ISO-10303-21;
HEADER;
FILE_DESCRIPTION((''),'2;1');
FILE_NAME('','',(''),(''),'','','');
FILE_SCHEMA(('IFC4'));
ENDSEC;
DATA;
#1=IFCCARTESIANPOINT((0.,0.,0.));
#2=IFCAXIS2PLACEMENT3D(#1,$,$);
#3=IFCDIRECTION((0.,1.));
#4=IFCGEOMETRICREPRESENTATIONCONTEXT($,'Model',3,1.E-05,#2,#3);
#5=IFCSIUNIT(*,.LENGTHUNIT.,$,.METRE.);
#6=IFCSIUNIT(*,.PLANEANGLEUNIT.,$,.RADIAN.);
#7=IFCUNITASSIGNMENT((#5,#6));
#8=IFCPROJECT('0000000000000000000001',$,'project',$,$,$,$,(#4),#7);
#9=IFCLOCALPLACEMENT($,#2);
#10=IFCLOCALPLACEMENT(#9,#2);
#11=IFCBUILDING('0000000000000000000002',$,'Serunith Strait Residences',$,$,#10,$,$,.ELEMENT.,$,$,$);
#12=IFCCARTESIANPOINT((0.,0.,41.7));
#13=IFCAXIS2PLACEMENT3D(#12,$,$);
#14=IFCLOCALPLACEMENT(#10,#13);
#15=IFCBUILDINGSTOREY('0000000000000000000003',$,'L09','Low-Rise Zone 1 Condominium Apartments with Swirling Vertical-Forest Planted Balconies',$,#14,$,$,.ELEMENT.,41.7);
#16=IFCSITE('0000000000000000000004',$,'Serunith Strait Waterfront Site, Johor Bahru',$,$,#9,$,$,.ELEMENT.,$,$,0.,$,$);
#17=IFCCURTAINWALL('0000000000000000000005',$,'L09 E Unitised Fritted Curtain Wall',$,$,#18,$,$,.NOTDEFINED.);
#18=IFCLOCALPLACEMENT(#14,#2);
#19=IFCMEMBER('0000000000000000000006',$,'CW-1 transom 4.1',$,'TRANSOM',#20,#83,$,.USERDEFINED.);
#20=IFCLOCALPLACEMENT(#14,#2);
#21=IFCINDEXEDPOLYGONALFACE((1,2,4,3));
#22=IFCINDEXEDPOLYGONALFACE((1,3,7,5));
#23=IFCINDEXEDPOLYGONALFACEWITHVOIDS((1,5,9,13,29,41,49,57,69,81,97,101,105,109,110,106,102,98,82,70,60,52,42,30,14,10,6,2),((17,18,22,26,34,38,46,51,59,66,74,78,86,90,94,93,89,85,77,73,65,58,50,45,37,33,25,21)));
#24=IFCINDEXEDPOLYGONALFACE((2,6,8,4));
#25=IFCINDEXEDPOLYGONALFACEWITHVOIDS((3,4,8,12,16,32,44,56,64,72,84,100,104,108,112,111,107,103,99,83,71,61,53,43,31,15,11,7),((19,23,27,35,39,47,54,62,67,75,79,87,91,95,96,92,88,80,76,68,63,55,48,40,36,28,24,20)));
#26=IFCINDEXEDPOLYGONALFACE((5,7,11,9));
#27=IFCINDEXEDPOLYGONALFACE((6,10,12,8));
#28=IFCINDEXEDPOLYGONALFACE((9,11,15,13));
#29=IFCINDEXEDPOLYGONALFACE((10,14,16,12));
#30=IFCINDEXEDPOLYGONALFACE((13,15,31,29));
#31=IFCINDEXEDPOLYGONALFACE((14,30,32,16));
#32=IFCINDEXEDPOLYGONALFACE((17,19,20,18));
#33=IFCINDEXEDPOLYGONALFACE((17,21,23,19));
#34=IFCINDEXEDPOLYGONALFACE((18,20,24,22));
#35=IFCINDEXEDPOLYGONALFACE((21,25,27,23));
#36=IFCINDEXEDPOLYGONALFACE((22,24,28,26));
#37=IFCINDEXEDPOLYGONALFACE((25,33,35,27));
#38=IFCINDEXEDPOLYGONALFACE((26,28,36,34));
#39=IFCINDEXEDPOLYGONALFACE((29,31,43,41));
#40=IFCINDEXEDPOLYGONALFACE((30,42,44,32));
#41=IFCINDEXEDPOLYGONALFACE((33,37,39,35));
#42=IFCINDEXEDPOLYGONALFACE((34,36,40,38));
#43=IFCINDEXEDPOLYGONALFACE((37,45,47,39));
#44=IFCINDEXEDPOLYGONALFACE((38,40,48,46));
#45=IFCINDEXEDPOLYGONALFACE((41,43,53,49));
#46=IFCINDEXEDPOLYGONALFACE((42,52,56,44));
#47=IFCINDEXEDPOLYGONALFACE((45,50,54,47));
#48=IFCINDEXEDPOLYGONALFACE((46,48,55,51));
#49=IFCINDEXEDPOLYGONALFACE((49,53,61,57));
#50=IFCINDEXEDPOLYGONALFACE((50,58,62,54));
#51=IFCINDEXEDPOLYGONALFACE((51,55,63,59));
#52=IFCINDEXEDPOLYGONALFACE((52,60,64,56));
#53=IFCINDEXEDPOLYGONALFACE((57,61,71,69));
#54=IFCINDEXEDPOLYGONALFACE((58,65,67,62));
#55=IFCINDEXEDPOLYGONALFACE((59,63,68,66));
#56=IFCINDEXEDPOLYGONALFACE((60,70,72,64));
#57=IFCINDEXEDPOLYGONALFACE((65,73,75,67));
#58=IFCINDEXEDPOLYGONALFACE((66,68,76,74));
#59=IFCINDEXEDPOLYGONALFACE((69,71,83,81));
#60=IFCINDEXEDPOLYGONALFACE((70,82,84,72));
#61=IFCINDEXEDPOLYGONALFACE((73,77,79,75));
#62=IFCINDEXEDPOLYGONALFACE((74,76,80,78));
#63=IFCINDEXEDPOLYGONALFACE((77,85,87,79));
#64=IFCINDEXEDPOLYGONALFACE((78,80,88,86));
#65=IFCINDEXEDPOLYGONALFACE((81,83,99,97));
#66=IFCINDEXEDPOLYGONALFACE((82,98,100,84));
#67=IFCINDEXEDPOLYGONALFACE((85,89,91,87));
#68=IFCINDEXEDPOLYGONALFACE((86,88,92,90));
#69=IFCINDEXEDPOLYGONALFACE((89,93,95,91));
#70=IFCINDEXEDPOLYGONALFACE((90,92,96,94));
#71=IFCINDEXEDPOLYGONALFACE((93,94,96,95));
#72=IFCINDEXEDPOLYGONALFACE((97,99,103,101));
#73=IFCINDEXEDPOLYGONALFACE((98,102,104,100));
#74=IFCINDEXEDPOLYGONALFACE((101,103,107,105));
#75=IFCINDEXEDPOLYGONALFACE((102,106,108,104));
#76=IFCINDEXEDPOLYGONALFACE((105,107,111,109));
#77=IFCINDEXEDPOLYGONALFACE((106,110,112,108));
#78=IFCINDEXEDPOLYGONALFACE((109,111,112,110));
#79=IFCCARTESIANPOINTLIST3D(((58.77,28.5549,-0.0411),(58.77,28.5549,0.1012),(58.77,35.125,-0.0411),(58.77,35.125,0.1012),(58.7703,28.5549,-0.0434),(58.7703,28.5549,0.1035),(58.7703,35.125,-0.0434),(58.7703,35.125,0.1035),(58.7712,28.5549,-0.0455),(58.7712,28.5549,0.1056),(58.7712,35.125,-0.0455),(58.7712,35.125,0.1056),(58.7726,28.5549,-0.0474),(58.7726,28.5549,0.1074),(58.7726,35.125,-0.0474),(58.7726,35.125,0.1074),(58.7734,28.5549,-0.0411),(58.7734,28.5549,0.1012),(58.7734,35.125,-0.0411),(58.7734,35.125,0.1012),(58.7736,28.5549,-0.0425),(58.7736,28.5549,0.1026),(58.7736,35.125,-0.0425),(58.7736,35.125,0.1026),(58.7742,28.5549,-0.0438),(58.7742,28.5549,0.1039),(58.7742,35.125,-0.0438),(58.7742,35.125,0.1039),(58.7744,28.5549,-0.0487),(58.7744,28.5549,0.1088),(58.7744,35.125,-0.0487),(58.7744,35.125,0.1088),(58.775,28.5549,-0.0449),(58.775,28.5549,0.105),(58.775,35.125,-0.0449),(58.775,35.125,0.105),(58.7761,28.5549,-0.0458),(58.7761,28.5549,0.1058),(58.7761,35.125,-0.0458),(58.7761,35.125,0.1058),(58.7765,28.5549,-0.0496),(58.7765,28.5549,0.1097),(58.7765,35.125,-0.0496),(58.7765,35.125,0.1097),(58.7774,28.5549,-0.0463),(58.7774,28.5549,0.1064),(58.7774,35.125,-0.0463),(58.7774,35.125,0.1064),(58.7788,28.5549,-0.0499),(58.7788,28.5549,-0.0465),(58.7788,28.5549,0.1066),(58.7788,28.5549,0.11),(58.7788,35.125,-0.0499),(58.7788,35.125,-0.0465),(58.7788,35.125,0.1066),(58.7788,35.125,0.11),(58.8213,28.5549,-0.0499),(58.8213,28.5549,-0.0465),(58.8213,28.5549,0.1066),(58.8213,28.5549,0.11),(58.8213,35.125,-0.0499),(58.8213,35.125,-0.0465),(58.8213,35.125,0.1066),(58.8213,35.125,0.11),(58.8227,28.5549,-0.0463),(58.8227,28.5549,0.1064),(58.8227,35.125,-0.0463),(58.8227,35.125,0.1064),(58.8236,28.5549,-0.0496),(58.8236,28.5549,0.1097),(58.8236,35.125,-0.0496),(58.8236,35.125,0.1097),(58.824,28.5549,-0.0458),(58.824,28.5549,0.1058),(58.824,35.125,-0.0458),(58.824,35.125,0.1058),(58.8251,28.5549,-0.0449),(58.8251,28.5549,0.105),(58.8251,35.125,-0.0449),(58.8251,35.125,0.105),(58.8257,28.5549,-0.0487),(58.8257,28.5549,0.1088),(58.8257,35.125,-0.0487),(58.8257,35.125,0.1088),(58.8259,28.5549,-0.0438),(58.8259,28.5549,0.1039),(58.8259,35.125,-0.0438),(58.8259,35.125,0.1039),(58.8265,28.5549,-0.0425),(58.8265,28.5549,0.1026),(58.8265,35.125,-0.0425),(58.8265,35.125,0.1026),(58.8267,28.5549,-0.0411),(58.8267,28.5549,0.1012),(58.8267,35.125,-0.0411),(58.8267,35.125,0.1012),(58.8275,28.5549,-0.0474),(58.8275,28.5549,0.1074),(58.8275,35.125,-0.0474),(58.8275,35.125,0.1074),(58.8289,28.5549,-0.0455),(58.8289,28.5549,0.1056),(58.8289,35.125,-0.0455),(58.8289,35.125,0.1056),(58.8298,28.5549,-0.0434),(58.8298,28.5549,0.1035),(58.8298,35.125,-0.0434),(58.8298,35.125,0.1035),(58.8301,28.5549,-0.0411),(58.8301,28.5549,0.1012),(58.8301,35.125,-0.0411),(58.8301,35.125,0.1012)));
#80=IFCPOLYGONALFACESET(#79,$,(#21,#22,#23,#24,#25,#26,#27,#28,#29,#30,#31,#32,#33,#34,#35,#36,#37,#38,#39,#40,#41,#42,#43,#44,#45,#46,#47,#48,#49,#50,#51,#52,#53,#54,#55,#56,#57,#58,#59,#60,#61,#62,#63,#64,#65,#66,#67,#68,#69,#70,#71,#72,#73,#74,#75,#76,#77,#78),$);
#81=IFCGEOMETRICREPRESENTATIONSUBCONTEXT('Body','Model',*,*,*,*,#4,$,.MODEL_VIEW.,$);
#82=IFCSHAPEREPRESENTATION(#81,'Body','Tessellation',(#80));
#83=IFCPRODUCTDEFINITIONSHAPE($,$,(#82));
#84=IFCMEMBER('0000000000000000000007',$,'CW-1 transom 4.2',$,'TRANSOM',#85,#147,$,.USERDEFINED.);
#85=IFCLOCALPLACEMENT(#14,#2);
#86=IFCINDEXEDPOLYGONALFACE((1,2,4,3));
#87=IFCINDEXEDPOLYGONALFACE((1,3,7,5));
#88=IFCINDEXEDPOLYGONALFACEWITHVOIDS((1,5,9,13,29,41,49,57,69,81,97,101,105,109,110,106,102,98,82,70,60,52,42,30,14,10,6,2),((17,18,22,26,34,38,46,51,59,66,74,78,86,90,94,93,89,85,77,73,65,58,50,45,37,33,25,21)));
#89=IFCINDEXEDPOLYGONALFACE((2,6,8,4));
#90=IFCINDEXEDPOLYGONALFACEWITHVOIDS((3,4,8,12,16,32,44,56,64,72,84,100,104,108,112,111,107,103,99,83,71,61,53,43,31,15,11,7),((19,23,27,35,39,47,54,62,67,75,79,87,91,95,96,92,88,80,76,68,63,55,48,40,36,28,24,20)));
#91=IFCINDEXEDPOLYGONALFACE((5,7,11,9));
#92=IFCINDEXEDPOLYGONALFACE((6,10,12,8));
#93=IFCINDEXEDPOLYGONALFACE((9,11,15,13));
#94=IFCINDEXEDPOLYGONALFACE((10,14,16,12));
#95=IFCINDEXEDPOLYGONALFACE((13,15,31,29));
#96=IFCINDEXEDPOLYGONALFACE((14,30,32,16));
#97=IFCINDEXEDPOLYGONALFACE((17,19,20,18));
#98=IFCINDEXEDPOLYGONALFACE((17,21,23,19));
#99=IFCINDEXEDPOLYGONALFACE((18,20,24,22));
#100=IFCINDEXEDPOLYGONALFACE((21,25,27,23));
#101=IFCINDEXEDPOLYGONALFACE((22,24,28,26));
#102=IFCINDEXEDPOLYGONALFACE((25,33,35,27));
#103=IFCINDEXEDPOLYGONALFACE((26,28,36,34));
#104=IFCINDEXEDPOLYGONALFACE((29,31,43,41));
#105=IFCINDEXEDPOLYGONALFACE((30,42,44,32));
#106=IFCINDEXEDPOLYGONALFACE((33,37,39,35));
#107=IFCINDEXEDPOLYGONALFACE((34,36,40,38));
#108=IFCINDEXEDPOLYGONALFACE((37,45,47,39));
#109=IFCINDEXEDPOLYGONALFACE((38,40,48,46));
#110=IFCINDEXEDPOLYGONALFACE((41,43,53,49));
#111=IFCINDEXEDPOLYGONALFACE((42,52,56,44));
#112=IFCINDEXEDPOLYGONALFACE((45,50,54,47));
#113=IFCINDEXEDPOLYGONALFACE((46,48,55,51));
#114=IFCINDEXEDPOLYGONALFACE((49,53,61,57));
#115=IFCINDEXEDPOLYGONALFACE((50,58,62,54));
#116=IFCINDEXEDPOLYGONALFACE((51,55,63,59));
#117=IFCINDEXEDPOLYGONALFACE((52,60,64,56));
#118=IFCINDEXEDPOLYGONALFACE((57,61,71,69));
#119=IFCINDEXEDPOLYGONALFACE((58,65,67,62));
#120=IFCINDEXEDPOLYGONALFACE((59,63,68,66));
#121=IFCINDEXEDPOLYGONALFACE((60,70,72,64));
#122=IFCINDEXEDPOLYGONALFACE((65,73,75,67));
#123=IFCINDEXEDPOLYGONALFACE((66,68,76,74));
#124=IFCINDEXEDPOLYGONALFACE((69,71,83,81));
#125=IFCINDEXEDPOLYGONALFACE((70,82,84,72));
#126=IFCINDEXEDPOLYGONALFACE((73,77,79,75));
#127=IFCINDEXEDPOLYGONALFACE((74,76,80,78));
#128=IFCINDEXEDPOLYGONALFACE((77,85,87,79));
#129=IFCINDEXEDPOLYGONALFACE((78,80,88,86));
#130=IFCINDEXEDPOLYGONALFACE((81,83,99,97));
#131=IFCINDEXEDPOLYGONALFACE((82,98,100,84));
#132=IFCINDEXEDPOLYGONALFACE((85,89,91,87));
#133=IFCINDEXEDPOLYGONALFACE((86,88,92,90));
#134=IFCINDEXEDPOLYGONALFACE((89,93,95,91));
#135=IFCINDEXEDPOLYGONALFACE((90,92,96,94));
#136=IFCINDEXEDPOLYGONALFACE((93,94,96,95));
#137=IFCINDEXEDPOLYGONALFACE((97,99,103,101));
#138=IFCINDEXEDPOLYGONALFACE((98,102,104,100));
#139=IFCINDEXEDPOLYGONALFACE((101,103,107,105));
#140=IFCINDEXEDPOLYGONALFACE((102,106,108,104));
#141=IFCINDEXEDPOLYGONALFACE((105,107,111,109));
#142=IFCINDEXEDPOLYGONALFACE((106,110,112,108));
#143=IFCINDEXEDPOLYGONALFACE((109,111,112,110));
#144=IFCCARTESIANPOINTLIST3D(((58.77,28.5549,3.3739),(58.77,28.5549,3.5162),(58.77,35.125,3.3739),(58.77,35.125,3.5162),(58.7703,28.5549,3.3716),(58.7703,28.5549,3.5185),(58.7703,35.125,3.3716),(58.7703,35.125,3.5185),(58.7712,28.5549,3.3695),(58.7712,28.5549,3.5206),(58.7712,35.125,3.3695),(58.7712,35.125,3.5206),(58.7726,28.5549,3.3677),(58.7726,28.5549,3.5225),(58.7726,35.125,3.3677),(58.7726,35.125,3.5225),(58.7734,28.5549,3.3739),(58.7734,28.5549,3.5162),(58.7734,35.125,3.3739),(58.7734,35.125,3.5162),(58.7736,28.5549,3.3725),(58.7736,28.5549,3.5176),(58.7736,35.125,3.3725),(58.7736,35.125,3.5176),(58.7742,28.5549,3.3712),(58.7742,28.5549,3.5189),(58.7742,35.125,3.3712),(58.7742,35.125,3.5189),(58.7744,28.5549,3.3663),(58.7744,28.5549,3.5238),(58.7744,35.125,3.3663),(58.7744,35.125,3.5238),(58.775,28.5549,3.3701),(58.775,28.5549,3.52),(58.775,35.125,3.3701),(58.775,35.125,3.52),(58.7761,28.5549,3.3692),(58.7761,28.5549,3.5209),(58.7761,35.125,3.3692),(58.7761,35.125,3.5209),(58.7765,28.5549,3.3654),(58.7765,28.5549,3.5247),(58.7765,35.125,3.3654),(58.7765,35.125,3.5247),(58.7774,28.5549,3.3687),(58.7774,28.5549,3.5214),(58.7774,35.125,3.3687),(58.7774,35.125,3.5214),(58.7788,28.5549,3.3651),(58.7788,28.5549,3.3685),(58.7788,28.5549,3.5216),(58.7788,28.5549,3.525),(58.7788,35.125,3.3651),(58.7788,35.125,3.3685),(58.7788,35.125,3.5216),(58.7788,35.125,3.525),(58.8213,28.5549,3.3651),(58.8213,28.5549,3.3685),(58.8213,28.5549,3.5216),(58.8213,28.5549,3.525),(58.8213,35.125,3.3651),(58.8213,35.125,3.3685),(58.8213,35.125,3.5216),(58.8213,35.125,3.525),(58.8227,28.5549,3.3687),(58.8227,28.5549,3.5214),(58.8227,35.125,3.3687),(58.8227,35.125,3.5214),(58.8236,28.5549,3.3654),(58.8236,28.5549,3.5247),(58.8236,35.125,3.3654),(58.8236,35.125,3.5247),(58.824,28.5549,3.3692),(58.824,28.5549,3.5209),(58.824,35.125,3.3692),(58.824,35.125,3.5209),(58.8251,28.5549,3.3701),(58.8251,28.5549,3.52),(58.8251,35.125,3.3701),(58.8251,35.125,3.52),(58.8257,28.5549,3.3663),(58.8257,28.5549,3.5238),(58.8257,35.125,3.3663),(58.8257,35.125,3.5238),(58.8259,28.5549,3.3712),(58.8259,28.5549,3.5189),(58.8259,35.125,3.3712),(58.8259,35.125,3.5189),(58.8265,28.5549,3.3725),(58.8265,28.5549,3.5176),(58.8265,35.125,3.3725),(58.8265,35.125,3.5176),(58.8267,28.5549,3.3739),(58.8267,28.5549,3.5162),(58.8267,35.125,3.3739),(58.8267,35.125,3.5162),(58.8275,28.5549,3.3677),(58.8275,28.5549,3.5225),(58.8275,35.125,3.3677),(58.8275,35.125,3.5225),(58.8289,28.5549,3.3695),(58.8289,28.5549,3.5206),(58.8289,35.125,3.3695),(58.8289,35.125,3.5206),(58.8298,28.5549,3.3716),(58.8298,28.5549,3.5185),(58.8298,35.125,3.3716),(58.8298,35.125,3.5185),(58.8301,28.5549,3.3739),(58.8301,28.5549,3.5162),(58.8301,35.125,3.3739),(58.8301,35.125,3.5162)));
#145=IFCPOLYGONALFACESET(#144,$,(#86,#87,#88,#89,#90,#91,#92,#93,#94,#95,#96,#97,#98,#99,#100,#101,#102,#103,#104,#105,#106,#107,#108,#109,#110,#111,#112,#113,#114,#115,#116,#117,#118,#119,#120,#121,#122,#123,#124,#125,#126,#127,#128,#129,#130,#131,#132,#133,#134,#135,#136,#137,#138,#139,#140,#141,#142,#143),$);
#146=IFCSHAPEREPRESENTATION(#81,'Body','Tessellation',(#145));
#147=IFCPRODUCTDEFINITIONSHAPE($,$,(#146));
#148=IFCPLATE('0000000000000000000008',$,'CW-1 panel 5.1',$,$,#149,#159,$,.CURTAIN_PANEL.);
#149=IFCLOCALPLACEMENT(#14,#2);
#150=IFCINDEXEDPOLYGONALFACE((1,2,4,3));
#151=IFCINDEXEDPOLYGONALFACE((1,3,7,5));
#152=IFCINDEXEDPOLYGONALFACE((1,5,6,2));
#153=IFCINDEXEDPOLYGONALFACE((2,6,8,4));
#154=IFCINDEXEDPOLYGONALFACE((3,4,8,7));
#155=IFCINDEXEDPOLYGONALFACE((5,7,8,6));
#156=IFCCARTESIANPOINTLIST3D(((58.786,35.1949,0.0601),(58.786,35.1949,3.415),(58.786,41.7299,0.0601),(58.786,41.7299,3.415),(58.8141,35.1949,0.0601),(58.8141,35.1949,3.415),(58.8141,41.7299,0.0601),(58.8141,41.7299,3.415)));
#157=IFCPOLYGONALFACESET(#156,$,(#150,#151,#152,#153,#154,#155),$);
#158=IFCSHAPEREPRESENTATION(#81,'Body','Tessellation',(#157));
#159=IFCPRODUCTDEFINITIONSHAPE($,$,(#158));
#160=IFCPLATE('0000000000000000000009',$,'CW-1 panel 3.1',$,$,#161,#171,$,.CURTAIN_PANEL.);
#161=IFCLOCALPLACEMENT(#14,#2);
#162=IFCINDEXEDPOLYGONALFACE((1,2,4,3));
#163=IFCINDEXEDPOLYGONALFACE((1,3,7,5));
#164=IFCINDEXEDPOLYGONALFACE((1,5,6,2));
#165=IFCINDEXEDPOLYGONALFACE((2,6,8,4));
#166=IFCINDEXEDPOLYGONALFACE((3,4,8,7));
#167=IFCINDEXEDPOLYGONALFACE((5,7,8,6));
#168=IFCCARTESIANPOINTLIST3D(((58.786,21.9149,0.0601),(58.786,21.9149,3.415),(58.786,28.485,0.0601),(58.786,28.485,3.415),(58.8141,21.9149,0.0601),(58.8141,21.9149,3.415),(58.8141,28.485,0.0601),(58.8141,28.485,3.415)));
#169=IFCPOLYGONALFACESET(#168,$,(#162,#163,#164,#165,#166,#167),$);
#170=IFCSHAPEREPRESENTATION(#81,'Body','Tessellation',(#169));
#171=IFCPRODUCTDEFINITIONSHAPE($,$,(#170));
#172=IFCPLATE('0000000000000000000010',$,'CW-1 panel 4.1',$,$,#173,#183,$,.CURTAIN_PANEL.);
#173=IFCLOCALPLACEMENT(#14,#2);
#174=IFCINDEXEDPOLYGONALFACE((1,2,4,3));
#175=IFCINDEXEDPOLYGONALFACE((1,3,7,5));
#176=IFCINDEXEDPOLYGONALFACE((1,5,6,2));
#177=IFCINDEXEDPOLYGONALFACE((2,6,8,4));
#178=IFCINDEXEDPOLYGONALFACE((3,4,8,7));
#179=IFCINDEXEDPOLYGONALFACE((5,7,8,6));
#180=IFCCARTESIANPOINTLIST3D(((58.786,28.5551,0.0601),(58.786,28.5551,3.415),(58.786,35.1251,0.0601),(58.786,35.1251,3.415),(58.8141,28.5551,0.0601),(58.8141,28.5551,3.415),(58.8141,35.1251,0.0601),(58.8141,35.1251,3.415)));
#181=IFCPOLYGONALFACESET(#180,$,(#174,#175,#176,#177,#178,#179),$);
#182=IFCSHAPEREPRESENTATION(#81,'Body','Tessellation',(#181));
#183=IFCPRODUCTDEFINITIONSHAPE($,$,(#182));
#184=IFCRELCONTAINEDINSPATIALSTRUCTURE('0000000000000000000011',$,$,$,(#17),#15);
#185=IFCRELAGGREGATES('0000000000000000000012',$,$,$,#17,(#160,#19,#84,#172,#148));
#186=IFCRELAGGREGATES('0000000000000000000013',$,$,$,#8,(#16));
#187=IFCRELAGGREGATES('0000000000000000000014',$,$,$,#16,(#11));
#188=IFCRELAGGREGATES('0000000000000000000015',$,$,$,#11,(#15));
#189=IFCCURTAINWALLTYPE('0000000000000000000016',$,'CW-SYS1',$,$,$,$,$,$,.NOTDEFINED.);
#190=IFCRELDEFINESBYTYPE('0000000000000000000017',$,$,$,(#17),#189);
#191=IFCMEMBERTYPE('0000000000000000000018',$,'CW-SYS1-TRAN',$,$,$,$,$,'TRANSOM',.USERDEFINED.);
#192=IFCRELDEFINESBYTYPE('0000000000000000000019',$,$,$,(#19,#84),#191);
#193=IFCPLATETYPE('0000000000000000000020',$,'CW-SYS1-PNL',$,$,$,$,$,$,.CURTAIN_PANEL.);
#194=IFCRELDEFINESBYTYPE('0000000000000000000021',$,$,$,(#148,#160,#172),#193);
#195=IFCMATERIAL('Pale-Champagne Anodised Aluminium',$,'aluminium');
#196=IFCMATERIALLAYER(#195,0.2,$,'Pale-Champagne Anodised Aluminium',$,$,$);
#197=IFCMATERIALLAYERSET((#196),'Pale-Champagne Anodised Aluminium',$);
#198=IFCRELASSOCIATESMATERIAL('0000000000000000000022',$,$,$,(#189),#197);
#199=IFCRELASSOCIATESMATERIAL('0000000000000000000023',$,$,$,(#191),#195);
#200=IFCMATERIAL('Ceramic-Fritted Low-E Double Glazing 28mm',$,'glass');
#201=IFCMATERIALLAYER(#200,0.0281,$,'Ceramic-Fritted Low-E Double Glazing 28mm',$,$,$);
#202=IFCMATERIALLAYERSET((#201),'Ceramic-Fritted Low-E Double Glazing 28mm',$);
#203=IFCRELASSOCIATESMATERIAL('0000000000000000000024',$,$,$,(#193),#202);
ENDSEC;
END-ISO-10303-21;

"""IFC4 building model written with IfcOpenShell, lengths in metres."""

from ifc_helpers import new_model, si_unit, direction, frame, origin, origin_2d, place, context, subcontext, project, spatial, rectangle, hollow_rectangle, extrude, source, transform, mapped, material, layer, layer_set, material_profile, profile_set, type_object, element, aggregate, save


model = new_model("IFC4")

# Units and contexts
model_context = context("Model", 3, precision=1e-05, world=origin(), true_north=direction((0.0, 1.0)))
body_context = subcontext(model_context, "Body", "Model", "MODEL_VIEW")
ifc_project = project(units=[si_unit("LENGTHUNIT", "METRE"), si_unit("PLANEANGLEUNIT", "RADIAN")], contexts=[model_context])

# Site, building, storey
site_placement = place(None, origin())
site = spatial("IfcSite", under=ifc_project, at=site_placement, Name="Serunith Strait Waterfront Site, Johor Bahru", CompositionType="ELEMENT", RefElevation=0.0)
building_placement = place(site_placement, origin())
building = spatial("IfcBuilding", under=site, at=building_placement, Name="Serunith Strait Residences", CompositionType="ELEMENT")
storey_placement = place(building_placement, frame((0.0, 0.0, 41.7)))
storey = spatial("IfcBuildingStorey", under=building, at=storey_placement, Name="L09", Description="Low-Rise Zone 1 Condominium Apartments with Swirling Vertical-Forest Planted Balconies", CompositionType="ELEMENT", Elevation=41.7)

# Curtain wall, members, plates
ifc_material_1 = material(Name="Pale-Champagne Anodised Aluminium", Category="aluminium")
ifc_layer_1 = layer(ifc_material_1, 0.2, Name="Pale-Champagne Anodised Aluminium")
ifc_layer_set_1 = layer_set([ifc_layer_1], Name="Pale-Champagne Anodised Aluminium")
curtain_wall_type = type_object("IfcCurtainWallType", Name="CW-SYS1", PredefinedType="NOTDEFINED", material=ifc_layer_set_1)
curtain_wall_placement = place(storey_placement, origin())
curtain_wall = element("IfcCurtainWall", 1, at=curtain_wall_placement, inside=storey, type_object=curtain_wall_type, Name="L09 E Unitised Fritted Curtain Wall", PredefinedType="NOTDEFINED")
ifc_material_profile_1 = material_profile(ifc_material_1, hollow_rectangle(XDim=0.0601, YDim=0.1599, WallThickness=0.0034, InnerFilletRadius=0.0054, OuterFilletRadius=0.0088, at=origin_2d()), Name="ALU 160x60x3.5")
ifc_profile_set_1 = profile_set([ifc_material_profile_1], Name="Pale-Champagne Anodised Aluminium")
member_type_1 = type_object("IfcMemberType", Name="CW-SYS1-TRAN", ElementType="TRANSOM", PredefinedType="USERDEFINED", material=ifc_profile_set_1)
shared_shape_1 = source(origin(), body_context, "Body", "SweptSolid", [
    extrude(hollow_rectangle(XDim=0.0601, YDim=0.1599, WallThickness=0.0034, InnerFilletRadius=0.0054, OuterFilletRadius=0.0088, at=origin_2d()), origin(), (0.0, 0.0, 1.0), 6.5701),
])
member_1_placement = place(storey_placement, frame((58.8, 28.5549, 0.03), z_axis=(0.0, 1.0, 0.0), x_axis=(-1.0, 0.0, 0.0)))
member_1 = element("IfcMember", 2, at=member_1_placement, type_object=member_type_1, Name="CW-1 transom 4.1", ObjectType="TRANSOM", PredefinedType="USERDEFINED", context=body_context, shape_type="MappedRepresentation", body=[
    mapped(shared_shape_1, transform((0.0, 0.0, 0.0), scale=1.0)),
])
member_2_placement = place(storey_placement, frame((58.8, 28.5549, 3.4451), z_axis=(0.0, 1.0, 0.0), x_axis=(-1.0, 0.0, 0.0)))
member_2 = element("IfcMember", 3, at=member_2_placement, type_object=member_type_1, Name="CW-1 transom 4.2", ObjectType="TRANSOM", PredefinedType="USERDEFINED", context=body_context, shape_type="MappedRepresentation", body=[
    mapped(shared_shape_1, transform((0.0, 0.0, 0.0), scale=1.0)),
])
ifc_material_2 = material(Name="Ceramic-Fritted Low-E Double Glazing 28mm", Category="glass")
ifc_layer_2 = layer(ifc_material_2, 0.0281, Name="Ceramic-Fritted Low-E Double Glazing 28mm")
ifc_layer_set_2 = layer_set([ifc_layer_2], Name="Ceramic-Fritted Low-E Double Glazing 28mm")
plate_type = type_object("IfcPlateType", Name="CW-SYS1-PNL", PredefinedType="CURTAIN_PANEL", material=ifc_layer_set_2)
shared_shape_2 = source(origin(), body_context, "Body", "SweptSolid", [
    extrude(rectangle(XDim=6.5349, YDim=0.0281, at=origin_2d()), origin(), (0.0, 0.0, 1.0), 3.355),
])
plate_1_placement = place(storey_placement, frame((58.8, 38.4624, 0.0601), z_axis=(0.0, 0.0, 1.0), x_axis=(0.0, 1.0, 0.0)))
plate_1 = element("IfcPlate", 4, at=plate_1_placement, type_object=plate_type, Name="CW-1 panel 5.1", PredefinedType="CURTAIN_PANEL", context=body_context, shape_type="MappedRepresentation", body=[
    mapped(shared_shape_2, transform((0.0, 0.0, 0.0), scale=1.0)),
])
shared_shape_3 = source(origin(), body_context, "Body", "SweptSolid", [
    extrude(rectangle(XDim=6.5701, YDim=0.0281, at=origin_2d()), origin(), (0.0, 0.0, 1.0), 3.355),
])
plate_2_placement = place(storey_placement, frame((58.8, 25.2, 0.0601), z_axis=(0.0, 0.0, 1.0), x_axis=(0.0, 1.0, 0.0)))
plate_2 = element("IfcPlate", 5, at=plate_2_placement, type_object=plate_type, Name="CW-1 panel 3.1", PredefinedType="CURTAIN_PANEL", context=body_context, shape_type="MappedRepresentation", body=[
    mapped(shared_shape_3, transform((0.0, 0.0, 0.0), scale=1.0)),
])
plate_3_placement = place(storey_placement, frame((58.8, 31.8401, 0.0601), z_axis=(0.0, 0.0, 1.0), x_axis=(0.0, 1.0, 0.0)))
plate_3 = element("IfcPlate", 6, at=plate_3_placement, type_object=plate_type, Name="CW-1 panel 4.1", PredefinedType="CURTAIN_PANEL", context=body_context, shape_type="MappedRepresentation", body=[
    mapped(shared_shape_3, transform((0.0, 0.0, 0.0), scale=1.0)),
])
aggregate(curtain_wall, [plate_2, member_1, member_2, plate_3, plate_1])

save(model, "model.ifc")
